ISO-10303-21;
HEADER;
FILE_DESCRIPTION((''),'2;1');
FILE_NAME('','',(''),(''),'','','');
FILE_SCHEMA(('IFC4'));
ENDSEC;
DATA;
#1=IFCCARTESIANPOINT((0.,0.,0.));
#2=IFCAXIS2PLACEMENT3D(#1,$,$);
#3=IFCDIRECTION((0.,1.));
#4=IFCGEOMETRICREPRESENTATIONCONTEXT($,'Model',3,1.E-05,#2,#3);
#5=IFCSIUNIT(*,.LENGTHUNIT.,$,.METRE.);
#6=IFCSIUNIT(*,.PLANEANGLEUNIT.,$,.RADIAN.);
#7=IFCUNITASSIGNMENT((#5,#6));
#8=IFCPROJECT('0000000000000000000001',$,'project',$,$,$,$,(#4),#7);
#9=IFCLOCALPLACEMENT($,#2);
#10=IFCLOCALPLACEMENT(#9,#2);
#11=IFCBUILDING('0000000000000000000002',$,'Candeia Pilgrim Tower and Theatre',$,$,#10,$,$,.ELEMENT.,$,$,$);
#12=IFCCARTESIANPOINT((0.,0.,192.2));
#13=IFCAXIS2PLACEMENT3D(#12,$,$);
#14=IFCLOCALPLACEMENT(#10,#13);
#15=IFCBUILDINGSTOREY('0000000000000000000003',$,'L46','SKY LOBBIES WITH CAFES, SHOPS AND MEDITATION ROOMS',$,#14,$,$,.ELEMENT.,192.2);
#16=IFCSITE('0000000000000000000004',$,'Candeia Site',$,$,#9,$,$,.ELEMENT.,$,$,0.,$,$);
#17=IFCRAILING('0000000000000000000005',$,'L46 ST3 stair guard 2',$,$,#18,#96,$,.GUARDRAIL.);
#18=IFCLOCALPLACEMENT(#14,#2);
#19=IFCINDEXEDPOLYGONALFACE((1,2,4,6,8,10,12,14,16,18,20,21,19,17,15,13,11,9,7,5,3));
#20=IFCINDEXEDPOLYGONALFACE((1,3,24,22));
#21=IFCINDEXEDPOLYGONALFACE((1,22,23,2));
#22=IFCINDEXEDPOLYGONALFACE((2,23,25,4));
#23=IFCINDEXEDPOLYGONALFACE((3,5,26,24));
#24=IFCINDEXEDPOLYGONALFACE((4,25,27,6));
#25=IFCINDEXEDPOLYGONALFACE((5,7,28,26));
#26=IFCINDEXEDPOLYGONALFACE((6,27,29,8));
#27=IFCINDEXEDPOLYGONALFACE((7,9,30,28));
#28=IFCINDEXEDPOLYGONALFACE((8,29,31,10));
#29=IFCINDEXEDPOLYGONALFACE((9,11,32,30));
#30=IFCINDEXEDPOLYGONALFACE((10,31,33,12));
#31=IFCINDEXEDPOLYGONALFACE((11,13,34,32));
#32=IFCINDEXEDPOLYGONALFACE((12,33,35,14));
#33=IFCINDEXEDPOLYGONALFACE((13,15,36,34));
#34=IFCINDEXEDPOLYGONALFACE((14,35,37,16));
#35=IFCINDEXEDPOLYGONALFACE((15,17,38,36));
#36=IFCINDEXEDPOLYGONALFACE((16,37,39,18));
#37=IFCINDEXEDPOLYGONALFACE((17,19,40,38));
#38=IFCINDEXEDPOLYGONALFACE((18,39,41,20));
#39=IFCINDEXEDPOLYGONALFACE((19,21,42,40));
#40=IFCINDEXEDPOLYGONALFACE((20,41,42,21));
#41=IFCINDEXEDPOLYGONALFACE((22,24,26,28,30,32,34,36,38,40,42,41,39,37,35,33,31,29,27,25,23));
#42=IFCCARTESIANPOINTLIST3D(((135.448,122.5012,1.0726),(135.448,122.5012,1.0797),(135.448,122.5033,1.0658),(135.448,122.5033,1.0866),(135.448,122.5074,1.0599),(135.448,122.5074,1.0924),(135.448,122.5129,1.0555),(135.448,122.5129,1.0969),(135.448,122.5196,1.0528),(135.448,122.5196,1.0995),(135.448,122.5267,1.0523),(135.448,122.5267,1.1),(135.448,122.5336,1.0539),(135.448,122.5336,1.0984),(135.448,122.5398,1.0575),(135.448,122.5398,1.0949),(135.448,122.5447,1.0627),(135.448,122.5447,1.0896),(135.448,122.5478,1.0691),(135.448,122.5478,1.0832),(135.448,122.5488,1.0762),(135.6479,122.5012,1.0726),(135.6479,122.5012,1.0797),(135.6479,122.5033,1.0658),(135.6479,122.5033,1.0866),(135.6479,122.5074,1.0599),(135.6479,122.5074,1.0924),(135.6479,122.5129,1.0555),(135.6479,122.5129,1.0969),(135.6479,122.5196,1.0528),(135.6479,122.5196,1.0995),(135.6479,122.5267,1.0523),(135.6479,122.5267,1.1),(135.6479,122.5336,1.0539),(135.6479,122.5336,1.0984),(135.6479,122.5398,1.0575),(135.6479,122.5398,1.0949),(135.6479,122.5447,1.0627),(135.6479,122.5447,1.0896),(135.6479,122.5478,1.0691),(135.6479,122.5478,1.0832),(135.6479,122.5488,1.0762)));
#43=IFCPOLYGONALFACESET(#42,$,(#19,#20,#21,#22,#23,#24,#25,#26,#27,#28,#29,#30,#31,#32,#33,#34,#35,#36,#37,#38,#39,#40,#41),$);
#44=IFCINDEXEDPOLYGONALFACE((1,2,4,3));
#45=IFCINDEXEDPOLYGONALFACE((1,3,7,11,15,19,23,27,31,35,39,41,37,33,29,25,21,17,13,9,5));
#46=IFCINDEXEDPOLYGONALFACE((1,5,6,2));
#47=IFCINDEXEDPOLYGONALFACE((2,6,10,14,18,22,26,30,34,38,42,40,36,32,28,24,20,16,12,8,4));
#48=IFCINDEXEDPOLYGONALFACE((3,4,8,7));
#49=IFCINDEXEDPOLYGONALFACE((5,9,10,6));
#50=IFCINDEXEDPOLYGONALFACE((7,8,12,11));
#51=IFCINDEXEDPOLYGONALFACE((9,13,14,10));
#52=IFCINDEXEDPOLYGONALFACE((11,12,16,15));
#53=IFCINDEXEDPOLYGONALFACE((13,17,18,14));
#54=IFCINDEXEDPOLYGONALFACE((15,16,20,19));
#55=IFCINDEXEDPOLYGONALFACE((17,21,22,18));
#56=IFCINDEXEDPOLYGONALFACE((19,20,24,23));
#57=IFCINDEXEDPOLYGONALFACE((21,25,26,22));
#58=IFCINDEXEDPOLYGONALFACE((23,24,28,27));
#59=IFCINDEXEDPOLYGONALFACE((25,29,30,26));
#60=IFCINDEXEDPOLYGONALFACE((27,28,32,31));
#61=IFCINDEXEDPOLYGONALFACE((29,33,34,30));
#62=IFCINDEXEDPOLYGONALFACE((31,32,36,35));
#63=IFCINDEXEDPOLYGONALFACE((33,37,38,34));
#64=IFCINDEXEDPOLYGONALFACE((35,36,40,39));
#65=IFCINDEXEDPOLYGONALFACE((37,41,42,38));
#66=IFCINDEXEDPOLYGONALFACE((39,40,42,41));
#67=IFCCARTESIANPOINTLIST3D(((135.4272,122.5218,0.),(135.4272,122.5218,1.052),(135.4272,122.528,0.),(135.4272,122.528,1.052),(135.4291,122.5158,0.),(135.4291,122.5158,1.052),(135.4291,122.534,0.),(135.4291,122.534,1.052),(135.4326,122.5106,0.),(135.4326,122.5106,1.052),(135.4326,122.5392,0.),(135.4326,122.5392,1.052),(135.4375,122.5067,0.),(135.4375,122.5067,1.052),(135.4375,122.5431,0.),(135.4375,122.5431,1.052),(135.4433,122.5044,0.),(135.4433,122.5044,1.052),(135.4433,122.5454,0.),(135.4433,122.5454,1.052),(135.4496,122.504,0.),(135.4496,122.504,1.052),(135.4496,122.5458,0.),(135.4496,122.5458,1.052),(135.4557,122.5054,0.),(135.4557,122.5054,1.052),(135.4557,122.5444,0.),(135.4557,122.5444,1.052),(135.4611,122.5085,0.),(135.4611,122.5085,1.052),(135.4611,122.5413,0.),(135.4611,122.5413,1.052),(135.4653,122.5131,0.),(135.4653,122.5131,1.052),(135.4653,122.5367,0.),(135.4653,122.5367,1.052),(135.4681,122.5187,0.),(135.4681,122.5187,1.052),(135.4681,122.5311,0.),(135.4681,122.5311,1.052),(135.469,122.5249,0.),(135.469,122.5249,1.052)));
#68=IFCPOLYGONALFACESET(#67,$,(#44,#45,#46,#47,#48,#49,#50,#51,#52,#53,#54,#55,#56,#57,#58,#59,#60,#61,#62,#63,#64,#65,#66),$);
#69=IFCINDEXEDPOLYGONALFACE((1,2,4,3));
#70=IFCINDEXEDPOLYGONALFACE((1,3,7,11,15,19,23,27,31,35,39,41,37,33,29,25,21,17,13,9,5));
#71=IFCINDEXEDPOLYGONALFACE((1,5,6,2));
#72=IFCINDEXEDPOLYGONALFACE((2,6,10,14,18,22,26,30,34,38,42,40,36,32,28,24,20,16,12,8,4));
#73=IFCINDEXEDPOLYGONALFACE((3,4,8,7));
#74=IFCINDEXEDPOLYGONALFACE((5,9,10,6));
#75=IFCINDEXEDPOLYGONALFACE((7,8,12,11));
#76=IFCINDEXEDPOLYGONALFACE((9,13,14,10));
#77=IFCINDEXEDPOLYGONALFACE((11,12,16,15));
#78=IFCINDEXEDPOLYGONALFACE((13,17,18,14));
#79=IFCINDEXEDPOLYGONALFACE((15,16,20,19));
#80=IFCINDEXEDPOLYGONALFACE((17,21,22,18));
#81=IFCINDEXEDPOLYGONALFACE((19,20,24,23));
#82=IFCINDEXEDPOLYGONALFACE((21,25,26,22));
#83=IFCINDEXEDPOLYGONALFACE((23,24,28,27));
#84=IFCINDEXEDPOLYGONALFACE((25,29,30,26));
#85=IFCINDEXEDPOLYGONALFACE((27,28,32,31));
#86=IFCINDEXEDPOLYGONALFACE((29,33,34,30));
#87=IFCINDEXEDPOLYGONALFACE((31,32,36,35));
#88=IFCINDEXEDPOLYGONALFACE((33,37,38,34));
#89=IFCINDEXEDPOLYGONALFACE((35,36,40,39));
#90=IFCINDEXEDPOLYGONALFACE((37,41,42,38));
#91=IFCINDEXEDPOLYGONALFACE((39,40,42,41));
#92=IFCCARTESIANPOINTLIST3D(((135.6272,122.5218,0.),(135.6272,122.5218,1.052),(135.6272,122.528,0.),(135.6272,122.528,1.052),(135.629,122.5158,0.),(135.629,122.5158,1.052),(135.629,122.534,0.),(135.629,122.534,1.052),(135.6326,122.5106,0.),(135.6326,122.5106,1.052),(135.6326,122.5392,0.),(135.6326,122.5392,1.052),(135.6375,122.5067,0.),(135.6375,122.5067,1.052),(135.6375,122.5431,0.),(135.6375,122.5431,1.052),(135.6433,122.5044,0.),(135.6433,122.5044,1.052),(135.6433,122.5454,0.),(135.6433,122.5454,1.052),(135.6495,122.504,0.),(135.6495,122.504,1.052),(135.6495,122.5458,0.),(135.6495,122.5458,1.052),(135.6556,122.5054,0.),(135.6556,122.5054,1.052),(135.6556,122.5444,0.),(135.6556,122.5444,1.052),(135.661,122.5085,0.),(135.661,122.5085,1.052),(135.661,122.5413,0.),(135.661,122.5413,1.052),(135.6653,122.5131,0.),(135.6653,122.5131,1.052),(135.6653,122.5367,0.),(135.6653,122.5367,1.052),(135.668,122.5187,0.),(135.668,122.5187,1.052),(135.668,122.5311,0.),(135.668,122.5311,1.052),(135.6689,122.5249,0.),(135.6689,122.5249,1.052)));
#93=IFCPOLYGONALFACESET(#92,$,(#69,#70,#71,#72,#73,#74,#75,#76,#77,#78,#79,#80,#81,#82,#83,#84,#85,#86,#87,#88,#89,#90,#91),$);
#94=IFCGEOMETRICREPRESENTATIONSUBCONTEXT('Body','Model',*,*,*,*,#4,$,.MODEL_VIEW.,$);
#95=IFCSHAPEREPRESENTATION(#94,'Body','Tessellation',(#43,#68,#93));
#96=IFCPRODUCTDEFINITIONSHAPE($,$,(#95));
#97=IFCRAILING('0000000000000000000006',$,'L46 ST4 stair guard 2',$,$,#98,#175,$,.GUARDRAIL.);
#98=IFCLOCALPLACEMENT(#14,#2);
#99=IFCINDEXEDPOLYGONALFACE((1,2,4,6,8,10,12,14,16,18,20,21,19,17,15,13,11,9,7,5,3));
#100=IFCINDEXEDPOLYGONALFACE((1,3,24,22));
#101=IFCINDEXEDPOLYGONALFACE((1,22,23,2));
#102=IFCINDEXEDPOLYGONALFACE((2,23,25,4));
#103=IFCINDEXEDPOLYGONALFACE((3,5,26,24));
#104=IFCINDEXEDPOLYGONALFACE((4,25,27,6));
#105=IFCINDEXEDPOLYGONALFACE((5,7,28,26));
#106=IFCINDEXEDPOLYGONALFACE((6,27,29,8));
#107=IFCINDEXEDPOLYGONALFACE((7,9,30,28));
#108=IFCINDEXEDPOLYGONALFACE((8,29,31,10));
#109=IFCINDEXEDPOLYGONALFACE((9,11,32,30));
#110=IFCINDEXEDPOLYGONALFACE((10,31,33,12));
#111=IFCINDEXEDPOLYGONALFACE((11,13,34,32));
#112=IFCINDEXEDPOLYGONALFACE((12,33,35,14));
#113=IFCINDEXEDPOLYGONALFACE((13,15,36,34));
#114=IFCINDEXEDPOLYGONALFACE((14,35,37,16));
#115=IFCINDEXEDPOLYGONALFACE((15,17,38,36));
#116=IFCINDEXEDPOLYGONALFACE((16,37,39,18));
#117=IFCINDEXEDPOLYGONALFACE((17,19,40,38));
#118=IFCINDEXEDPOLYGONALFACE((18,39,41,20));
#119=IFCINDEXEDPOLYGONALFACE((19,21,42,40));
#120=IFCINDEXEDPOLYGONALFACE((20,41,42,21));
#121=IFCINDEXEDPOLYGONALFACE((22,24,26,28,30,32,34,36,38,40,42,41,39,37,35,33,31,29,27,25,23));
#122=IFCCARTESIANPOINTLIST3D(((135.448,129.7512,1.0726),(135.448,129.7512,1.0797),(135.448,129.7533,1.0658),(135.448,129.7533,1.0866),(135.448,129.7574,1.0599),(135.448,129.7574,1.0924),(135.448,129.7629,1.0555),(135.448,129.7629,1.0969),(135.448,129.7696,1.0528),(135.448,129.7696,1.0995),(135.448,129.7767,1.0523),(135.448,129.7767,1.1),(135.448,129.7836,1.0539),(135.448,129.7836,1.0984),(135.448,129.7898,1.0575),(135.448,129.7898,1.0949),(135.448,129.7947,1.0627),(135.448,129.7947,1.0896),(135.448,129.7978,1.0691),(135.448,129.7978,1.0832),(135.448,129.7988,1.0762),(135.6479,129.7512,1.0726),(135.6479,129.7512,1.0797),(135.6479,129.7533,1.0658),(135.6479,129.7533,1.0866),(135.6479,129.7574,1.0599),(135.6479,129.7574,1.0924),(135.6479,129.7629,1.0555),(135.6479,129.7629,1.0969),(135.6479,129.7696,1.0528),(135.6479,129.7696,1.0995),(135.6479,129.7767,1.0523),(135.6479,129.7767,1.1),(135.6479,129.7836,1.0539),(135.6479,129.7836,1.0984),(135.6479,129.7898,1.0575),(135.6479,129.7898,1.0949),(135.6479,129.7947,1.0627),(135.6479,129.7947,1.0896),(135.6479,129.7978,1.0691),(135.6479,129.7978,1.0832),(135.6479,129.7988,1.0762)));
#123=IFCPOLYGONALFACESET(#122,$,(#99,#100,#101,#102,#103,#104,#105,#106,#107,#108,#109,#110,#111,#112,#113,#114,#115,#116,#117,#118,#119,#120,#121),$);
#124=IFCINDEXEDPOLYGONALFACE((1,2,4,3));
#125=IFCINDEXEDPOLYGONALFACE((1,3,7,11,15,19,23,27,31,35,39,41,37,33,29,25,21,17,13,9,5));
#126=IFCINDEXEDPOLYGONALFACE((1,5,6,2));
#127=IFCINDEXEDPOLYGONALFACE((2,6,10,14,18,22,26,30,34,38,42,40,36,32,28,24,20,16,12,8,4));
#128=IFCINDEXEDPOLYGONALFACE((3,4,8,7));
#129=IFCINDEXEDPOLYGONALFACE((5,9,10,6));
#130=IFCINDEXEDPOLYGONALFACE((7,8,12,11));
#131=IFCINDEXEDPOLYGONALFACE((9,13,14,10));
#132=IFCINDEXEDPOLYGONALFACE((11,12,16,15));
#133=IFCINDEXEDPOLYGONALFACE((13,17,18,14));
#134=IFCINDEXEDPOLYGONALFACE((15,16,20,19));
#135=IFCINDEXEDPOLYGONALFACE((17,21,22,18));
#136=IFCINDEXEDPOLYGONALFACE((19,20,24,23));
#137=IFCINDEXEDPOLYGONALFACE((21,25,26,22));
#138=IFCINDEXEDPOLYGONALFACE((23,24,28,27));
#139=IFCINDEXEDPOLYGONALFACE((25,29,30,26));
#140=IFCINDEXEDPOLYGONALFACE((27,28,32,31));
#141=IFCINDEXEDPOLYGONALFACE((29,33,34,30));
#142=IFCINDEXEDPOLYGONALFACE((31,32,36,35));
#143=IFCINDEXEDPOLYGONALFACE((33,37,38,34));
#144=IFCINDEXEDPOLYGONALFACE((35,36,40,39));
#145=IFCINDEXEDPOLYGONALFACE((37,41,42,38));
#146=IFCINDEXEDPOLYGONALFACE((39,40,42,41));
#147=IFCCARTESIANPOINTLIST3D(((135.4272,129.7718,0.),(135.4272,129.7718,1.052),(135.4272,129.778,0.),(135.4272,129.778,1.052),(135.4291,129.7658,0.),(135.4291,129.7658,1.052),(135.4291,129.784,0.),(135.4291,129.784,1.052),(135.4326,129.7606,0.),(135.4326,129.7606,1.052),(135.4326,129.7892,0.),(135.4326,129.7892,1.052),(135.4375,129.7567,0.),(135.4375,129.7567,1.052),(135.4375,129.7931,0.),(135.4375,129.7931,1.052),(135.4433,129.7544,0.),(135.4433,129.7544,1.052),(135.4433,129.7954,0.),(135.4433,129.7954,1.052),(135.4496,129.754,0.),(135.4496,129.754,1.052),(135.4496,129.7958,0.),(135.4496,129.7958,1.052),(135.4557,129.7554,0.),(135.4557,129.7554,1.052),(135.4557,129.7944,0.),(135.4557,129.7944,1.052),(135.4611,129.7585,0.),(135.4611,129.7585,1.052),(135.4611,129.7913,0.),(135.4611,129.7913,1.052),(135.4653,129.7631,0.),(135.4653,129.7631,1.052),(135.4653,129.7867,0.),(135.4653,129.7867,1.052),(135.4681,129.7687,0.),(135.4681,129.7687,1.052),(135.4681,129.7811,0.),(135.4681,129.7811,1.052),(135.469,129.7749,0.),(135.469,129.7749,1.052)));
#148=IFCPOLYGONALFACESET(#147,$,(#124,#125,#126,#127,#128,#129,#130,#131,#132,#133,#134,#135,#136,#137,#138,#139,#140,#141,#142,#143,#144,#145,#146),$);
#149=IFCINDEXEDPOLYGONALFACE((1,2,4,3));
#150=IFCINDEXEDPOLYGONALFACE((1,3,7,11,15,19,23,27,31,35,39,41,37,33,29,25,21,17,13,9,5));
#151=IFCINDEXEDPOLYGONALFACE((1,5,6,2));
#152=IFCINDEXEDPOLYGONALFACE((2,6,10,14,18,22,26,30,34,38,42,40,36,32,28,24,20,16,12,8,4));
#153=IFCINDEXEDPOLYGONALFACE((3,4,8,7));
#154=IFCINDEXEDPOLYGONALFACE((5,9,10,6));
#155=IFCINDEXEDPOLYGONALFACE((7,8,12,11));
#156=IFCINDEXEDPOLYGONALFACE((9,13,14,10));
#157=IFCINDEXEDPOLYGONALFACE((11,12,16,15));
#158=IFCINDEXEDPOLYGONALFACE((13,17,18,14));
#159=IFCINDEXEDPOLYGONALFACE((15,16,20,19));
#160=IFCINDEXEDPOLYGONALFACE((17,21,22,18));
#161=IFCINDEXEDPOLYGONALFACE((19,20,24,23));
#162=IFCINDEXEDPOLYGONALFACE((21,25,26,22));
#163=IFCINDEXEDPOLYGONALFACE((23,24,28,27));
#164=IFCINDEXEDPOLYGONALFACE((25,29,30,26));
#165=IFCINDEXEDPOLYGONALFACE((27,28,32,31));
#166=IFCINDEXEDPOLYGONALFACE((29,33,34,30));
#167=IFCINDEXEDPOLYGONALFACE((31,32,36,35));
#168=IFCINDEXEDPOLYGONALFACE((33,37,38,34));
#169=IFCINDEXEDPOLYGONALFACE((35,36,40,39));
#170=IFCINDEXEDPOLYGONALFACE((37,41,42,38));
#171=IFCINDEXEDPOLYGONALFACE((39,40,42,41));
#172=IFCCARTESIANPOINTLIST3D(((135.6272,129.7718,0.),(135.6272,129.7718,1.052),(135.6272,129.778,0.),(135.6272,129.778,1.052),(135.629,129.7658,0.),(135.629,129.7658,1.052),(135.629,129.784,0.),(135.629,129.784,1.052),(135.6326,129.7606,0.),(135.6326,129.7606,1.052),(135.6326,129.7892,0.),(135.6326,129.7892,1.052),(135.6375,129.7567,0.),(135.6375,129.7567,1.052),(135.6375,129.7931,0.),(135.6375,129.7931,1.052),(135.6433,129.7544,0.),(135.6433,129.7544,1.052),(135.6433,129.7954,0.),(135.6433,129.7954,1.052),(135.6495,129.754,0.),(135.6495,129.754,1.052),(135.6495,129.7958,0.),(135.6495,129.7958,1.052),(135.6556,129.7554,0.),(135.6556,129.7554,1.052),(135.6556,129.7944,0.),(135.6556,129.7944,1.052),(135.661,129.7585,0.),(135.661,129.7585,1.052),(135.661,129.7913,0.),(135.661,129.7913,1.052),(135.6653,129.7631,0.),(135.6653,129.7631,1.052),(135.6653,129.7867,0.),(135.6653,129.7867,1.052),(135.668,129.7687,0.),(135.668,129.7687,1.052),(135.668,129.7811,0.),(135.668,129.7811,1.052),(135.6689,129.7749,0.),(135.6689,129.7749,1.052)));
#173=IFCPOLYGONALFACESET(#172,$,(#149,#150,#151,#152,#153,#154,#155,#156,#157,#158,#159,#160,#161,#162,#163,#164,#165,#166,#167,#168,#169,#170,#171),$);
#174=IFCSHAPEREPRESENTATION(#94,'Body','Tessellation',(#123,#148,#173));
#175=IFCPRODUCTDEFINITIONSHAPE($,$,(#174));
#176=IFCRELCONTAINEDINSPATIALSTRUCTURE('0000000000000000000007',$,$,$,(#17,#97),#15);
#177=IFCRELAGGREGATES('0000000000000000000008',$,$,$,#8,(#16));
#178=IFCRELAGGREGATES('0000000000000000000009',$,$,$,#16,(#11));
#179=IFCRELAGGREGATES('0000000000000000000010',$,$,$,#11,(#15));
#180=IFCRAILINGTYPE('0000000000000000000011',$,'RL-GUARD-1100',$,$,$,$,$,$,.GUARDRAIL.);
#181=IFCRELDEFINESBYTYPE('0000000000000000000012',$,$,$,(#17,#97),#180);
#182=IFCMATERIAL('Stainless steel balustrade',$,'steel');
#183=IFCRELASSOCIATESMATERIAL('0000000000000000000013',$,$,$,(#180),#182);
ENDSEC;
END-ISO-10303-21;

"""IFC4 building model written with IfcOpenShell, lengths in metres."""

from ifc_helpers import new_model, si_unit, direction, frame, origin, origin_2d, place, context, subcontext, project, spatial, circle, extrude, material, type_object, element, save


model = new_model("IFC4")

# Units and contexts
model_context = context("Model", 3, precision=1e-05, world=origin(), true_north=direction((0.0, 1.0)))
body_context = subcontext(model_context, "Body", "Model", "MODEL_VIEW")
ifc_project = project(units=[si_unit("LENGTHUNIT", "METRE"), si_unit("PLANEANGLEUNIT", "RADIAN")], contexts=[model_context])

# Site, building, storey
site_placement = place(None, origin())
site = spatial("IfcSite", under=ifc_project, at=site_placement, Name="Candeia Site", CompositionType="ELEMENT", RefElevation=0.0)
building_placement = place(site_placement, origin())
building = spatial("IfcBuilding", under=site, at=building_placement, Name="Candeia Pilgrim Tower and Theatre", CompositionType="ELEMENT")
storey_placement = place(building_placement, frame((0.0, 0.0, 192.2)))
storey = spatial("IfcBuildingStorey", under=building, at=storey_placement, Name="L46", Description="SKY LOBBIES WITH CAFES, SHOPS AND MEDITATION ROOMS", CompositionType="ELEMENT", Elevation=192.2)

# Railings
ifc_material_1 = material(Name="Stainless steel balustrade", Category="steel")
railing_type_1 = type_object("IfcRailingType", Name="RL-GUARD-1100", PredefinedType="GUARDRAIL", material=ifc_material_1)
railing_1_placement = place(storey_placement, frame((135.448, 122.5249, 0.0)))
element("IfcRailing", 1, at=railing_1_placement, inside=storey, type_object=railing_type_1, Name="L46 ST3 stair guard 2", PredefinedType="GUARDRAIL", context=body_context, shape_type="SweptSolid", body=[
    extrude(circle(Radius=0.0239, at=origin_2d()), frame((0.0, 0.0, 1.0762), z_axis=(1.0, 0.0, 0.0), x_axis=(0.0, 1.0, 0.0)), (0.0, 0.0, 1.0), 0.2),
    extrude(circle(Radius=0.021, at=origin_2d()), origin(), (0.0, 0.0, 1.0), 1.052),
    extrude(circle(Radius=0.021, at=origin_2d()), frame((0.2, 0.0, 0.0)), (0.0, 0.0, 1.0), 1.052),
])
railing_2_placement = place(storey_placement, frame((135.448, 129.7749, 0.0)))
element("IfcRailing", 2, at=railing_2_placement, inside=storey, type_object=railing_type_1, Name="L46 ST4 stair guard 2", PredefinedType="GUARDRAIL", context=body_context, shape_type="SweptSolid", body=[
    extrude(circle(Radius=0.0239, at=origin_2d()), frame((0.0, 0.0, 1.0762), z_axis=(1.0, 0.0, 0.0), x_axis=(0.0, 1.0, 0.0)), (0.0, 0.0, 1.0), 0.2),
    extrude(circle(Radius=0.021, at=origin_2d()), origin(), (0.0, 0.0, 1.0), 1.052),
    extrude(circle(Radius=0.021, at=origin_2d()), frame((0.2, 0.0, 0.0)), (0.0, 0.0, 1.0), 1.052),
])

save(model, "model.ifc")
